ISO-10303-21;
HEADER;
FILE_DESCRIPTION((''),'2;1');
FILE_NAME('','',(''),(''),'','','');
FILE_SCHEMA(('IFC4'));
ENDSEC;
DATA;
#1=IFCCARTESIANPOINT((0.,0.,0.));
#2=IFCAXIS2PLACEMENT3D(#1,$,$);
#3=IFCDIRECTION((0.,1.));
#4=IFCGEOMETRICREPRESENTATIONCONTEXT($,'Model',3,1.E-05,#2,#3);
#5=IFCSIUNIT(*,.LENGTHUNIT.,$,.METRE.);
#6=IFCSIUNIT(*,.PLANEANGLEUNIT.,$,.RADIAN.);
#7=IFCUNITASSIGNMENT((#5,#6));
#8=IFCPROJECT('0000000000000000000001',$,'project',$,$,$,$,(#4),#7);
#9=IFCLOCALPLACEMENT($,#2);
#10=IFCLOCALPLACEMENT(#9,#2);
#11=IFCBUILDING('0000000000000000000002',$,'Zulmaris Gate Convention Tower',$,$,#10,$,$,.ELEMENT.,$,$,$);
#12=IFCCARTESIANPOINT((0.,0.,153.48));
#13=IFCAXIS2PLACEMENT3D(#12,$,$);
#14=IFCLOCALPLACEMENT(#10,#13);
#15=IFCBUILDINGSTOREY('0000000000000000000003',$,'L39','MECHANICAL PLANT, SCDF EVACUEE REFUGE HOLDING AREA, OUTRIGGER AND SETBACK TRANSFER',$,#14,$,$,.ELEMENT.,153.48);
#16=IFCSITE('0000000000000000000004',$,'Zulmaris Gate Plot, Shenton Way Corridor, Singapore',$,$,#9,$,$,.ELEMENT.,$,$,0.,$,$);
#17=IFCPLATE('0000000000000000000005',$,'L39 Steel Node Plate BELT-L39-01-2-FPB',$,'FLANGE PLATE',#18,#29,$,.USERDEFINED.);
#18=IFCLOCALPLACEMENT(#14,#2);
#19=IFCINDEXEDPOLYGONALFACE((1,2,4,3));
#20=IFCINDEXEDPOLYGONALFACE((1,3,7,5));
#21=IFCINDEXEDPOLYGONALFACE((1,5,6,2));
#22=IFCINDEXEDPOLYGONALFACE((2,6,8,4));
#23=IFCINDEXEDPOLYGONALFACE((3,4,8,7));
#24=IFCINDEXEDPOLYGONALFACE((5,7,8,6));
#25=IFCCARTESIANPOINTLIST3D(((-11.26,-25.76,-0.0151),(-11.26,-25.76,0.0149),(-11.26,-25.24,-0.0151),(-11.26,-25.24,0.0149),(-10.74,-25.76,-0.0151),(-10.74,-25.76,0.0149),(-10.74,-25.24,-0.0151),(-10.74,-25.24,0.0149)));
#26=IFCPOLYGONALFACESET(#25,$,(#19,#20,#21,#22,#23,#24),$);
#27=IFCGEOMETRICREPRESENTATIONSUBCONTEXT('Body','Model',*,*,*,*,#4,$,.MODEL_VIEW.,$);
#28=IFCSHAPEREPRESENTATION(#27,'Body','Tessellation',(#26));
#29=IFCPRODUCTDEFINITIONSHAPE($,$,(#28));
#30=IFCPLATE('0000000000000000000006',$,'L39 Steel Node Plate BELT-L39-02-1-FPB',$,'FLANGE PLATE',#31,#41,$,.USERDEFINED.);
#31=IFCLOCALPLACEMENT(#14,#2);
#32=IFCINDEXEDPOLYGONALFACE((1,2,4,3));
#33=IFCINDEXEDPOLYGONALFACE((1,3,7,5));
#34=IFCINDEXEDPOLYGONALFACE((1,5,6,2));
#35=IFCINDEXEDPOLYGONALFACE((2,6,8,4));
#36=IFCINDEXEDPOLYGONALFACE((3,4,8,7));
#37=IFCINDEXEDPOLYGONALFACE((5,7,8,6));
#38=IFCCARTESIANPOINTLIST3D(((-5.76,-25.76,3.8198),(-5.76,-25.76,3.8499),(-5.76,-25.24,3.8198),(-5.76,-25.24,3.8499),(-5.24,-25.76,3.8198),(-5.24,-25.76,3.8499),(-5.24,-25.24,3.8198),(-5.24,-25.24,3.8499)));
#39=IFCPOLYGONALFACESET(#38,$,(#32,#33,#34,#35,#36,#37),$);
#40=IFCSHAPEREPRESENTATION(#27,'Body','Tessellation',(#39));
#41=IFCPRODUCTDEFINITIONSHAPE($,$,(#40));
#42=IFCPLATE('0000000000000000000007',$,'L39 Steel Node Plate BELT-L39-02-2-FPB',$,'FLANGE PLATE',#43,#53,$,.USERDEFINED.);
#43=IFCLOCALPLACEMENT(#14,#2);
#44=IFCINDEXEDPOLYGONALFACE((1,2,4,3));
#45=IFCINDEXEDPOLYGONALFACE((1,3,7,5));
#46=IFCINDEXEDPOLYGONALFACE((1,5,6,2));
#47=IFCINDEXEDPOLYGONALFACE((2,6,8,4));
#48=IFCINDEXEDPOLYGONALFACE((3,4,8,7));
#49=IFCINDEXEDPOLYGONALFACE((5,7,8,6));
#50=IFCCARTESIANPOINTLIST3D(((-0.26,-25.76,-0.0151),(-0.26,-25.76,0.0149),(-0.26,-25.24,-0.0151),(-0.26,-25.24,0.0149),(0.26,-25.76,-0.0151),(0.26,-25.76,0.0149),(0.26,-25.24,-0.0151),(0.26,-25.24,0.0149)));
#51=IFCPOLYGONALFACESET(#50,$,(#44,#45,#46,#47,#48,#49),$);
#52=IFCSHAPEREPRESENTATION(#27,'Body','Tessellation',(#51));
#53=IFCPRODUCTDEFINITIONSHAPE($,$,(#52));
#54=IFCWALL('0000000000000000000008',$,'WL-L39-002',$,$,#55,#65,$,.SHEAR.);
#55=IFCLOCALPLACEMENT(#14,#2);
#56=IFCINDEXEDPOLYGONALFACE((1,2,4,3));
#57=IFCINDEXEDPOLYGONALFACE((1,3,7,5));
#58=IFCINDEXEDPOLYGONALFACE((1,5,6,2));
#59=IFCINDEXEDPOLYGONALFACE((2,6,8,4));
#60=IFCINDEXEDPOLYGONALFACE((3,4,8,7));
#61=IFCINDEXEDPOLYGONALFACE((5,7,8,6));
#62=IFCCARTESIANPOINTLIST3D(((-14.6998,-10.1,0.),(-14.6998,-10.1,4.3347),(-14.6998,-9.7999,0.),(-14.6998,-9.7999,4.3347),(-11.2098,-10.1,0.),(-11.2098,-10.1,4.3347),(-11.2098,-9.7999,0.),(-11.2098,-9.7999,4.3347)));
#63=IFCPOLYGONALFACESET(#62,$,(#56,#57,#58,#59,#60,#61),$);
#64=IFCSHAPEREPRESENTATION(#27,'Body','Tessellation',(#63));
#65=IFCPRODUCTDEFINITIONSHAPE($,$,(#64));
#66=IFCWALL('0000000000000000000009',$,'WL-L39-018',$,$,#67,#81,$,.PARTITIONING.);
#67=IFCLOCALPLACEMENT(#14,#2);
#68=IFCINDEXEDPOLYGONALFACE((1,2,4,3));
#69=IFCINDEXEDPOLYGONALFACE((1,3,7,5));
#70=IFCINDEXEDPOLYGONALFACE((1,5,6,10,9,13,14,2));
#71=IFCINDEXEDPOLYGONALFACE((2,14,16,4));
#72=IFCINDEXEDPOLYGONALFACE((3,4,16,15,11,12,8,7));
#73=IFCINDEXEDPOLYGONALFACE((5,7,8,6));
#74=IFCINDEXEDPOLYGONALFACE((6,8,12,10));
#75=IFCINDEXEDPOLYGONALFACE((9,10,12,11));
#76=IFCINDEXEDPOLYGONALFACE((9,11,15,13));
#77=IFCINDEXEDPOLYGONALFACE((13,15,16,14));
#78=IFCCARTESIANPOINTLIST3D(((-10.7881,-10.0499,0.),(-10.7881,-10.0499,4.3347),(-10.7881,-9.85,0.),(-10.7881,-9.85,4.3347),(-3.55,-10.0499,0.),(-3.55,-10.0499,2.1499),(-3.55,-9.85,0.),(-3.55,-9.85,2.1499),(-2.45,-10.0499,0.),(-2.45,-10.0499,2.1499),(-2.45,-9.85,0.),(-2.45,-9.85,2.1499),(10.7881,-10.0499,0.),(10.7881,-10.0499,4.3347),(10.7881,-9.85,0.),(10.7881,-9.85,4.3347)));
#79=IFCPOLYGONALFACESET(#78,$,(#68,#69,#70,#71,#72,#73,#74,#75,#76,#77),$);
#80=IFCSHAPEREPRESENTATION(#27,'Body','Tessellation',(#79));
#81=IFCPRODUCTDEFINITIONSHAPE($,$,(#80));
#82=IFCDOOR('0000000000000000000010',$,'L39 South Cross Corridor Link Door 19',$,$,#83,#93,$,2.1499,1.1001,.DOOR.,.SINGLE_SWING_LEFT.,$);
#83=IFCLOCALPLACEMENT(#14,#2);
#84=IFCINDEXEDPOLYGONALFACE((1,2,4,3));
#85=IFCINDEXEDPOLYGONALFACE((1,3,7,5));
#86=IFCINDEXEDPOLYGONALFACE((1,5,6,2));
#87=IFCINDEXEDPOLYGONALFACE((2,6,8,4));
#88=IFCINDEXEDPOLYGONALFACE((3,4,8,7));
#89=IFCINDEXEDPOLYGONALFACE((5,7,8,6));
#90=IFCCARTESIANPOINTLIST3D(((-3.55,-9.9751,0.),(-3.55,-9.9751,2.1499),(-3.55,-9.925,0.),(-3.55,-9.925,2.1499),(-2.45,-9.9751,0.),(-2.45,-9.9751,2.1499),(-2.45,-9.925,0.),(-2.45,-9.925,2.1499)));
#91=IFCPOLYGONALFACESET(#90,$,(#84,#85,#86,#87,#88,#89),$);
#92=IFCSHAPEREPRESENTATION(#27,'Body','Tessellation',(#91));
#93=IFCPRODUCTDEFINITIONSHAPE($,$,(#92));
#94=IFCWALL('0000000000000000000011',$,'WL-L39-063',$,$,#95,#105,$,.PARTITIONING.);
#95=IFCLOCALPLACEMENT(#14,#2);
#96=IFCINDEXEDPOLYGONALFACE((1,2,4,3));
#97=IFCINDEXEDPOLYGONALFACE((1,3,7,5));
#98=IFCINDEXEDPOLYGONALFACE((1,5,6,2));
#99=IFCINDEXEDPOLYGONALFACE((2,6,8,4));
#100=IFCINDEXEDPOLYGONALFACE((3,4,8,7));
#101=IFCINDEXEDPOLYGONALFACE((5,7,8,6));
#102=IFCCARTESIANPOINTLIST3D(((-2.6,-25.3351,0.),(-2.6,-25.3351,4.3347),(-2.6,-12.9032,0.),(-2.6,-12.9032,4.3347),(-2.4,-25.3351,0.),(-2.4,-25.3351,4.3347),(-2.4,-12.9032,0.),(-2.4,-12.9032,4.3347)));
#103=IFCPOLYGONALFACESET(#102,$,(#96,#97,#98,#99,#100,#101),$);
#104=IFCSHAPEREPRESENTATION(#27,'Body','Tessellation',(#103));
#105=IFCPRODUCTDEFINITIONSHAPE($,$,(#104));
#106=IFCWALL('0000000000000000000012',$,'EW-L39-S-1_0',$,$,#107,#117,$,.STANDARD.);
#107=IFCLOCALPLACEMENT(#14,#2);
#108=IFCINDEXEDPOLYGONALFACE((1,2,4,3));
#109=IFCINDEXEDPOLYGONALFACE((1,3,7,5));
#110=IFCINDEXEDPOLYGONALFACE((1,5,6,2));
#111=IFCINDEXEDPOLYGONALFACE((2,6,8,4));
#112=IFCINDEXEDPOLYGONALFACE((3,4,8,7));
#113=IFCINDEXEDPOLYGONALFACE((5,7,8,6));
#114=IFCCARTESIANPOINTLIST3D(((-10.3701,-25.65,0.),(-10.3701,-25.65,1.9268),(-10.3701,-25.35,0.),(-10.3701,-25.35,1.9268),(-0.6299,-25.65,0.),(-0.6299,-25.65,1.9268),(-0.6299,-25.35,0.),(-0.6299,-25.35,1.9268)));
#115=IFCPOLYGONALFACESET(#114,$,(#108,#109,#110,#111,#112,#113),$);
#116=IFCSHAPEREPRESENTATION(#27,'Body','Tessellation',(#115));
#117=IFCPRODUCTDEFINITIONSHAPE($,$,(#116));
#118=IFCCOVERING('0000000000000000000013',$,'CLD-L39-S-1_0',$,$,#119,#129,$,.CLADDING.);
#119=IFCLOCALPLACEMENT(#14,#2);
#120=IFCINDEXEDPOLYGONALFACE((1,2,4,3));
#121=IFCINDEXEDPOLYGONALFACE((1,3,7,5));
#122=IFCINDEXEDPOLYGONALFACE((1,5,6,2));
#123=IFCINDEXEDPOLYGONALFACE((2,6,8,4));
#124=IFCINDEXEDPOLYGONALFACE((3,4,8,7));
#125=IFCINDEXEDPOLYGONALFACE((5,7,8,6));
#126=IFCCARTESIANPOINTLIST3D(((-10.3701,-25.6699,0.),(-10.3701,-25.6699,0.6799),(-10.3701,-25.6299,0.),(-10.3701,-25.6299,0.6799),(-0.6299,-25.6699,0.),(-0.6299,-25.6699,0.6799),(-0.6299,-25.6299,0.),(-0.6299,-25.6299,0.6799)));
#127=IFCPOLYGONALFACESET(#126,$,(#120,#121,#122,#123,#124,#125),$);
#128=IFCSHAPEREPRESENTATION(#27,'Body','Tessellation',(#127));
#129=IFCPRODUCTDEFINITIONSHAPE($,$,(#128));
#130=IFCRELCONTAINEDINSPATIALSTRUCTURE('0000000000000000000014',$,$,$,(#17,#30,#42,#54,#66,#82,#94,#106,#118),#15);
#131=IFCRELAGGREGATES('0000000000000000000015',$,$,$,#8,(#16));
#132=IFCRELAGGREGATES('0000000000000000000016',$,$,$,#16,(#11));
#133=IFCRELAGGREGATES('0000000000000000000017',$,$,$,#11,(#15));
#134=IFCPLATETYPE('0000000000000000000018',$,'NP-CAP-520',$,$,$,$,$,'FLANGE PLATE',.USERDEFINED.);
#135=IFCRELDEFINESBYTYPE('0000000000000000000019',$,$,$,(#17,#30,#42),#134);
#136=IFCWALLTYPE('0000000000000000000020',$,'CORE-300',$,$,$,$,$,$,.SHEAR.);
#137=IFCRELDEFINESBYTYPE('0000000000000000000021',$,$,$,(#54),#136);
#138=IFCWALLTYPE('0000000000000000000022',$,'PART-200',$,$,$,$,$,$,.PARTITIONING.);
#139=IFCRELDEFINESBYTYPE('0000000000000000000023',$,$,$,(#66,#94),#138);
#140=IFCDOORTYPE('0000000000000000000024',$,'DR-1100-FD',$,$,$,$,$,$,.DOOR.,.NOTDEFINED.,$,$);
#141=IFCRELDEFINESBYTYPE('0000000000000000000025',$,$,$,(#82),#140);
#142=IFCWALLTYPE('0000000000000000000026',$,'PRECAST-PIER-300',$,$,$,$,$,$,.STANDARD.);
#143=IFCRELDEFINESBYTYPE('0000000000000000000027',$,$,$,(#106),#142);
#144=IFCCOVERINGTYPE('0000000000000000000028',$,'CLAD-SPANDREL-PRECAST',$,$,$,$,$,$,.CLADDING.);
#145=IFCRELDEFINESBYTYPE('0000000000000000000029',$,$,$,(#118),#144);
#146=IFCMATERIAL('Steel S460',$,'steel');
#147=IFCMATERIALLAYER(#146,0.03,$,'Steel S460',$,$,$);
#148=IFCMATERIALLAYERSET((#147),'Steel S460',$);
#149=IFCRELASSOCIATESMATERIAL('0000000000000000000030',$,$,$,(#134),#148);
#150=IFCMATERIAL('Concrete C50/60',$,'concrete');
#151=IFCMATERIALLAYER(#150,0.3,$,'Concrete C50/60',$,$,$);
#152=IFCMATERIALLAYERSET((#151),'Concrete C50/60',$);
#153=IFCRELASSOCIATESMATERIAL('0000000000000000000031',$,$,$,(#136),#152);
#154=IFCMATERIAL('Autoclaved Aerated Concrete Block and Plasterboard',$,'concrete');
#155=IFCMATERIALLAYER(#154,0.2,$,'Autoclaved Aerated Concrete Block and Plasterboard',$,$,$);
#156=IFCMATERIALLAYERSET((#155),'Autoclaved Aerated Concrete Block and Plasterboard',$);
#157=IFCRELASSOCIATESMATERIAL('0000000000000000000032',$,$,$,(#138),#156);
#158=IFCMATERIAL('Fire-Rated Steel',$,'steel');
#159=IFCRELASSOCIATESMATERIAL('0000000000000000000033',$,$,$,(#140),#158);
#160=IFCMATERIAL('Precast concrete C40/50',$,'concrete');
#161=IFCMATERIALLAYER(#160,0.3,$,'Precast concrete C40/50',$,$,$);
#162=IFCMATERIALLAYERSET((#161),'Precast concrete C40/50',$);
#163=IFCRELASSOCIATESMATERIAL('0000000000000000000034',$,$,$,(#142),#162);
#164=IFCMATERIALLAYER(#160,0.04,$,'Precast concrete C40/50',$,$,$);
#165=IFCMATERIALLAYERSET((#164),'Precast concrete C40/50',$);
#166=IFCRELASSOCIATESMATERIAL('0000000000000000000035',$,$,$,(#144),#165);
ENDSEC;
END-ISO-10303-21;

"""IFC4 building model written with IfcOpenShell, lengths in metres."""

from ifc_helpers import new_model, si_unit, direction, frame, frame_2d, origin, origin_2d, place, context, subcontext, project, spatial, rectangle, extrude, material, layer, layer_set, type_object, element, fill, save


model = new_model("IFC4")

# Units and contexts
model_context = context("Model", 3, precision=1e-05, world=origin(), true_north=direction((0.0, 1.0)))
body_context = subcontext(model_context, "Body", "Model", "MODEL_VIEW")
ifc_project = project(units=[si_unit("LENGTHUNIT", "METRE"), si_unit("PLANEANGLEUNIT", "RADIAN")], contexts=[model_context])

# Site, building, storey
site_placement = place(None, origin())
site = spatial("IfcSite", under=ifc_project, at=site_placement, Name="Zulmaris Gate Plot, Shenton Way Corridor, Singapore", CompositionType="ELEMENT", RefElevation=0.0)
building_placement = place(site_placement, origin())
building = spatial("IfcBuilding", under=site, at=building_placement, Name="Zulmaris Gate Convention Tower", CompositionType="ELEMENT")
storey_placement = place(building_placement, frame((0.0, 0.0, 153.48)))
storey = spatial("IfcBuildingStorey", under=building, at=storey_placement, Name="L39", Description="MECHANICAL PLANT, SCDF EVACUEE REFUGE HOLDING AREA, OUTRIGGER AND SETBACK TRANSFER", CompositionType="ELEMENT", Elevation=153.48)

# Shared definitions
ifc_material_1 = material(Name="Steel S460", Category="steel")

# Plates
ifc_layer_1 = layer(ifc_material_1, 0.03, Name="Steel S460")
ifc_layer_set_1 = layer_set([ifc_layer_1], Name="Steel S460")
plate_type = type_object("IfcPlateType", Name="NP-CAP-520", ElementType="FLANGE PLATE", PredefinedType="USERDEFINED", material=ifc_layer_set_1)
for number, where, z_axis, x_axis, name in (
    (1, (-11.0, -25.5, -0.0151), (0.0, 0.0, 1.0), (1.0, 0.0, 0.0), "L39 Steel Node Plate BELT-L39-01-2-FPB"),
    (2, (-5.5, -25.5, 3.8198), (0.0, 0.0, 1.0), (1.0, 0.0, 0.0), "L39 Steel Node Plate BELT-L39-02-1-FPB"),
    (3, (0.0, -25.5, -0.0151), (0.0, 0.0, 1.0), (1.0, 0.0, 0.0), "L39 Steel Node Plate BELT-L39-02-2-FPB"),
):
    element("IfcPlate", number, at=place(storey_placement, frame(where, z_axis=z_axis, x_axis=x_axis)), inside=storey, type_object=plate_type, Name=name, ObjectType="FLANGE PLATE", PredefinedType="USERDEFINED", context=body_context, shape_type="SweptSolid", body=[
        extrude(rectangle(XDim=0.52, YDim=0.52, at=origin_2d()), origin(), (0.0, 0.0, 1.0), 0.03),
    ])

# Wall
ifc_material_2 = material(Name="Concrete C50/60", Category="concrete")
ifc_layer_2 = layer(ifc_material_2, 0.3, Name="Concrete C50/60")
ifc_layer_set_2 = layer_set([ifc_layer_2], Name="Concrete C50/60")
wall_type_1 = type_object("IfcWallType", Name="CORE-300", PredefinedType="SHEAR", material=ifc_layer_set_2)
wall_1_placement = place(storey_placement, frame((-14.7, -9.95, 0.0), z_axis=(0.0, 0.0, 1.0), x_axis=(1.0, 0.0, 0.0)))
element("IfcWall", 4, at=wall_1_placement, inside=storey, type_object=wall_type_1, Name="WL-L39-002", PredefinedType="SHEAR", context=body_context, shape_type="SweptSolid", body=[
    extrude(rectangle(XDim=3.49, YDim=0.3, at=frame_2d((1.7451, 0.0))), origin(), (0.0, 0.0, 1.0), 4.3347),
])

# Wall, opening, door
ifc_material_3 = material(Name="Autoclaved Aerated Concrete Block and Plasterboard", Category="concrete")
ifc_layer_3 = layer(ifc_material_3, 0.2, Name="Autoclaved Aerated Concrete Block and Plasterboard")
ifc_layer_set_3 = layer_set([ifc_layer_3], Name="Autoclaved Aerated Concrete Block and Plasterboard")
wall_type_2 = type_object("IfcWallType", Name="PART-200", PredefinedType="PARTITIONING", material=ifc_layer_set_3)
wall_2_placement = place(storey_placement, frame((-10.7881, -9.95, 0.0), z_axis=(0.0, 0.0, 1.0), x_axis=(1.0, 0.0, 0.0)))
wall_2 = element("IfcWall", 5, at=wall_2_placement, inside=storey, type_object=wall_type_2, Name="WL-L39-018", PredefinedType="PARTITIONING", context=body_context, shape_type="SweptSolid", body=[
    extrude(rectangle(XDim=21.5762, YDim=0.2, at=frame_2d((10.7881, 0.0))), origin(), (0.0, 0.0, 1.0), 4.3347),
])
opening_placement = place(wall_2_placement, frame((7.238, 0.0, 0.0)))
opening = element("IfcOpeningElement", 6, at=opening_placement, cuts=wall_2, PredefinedType="OPENING", context=body_context, shape_type="SweptSolid", body=[
    extrude(rectangle(XDim=1.1001, YDim=2.1499, at=frame_2d((0.55, 1.075))), frame((0.0, 0.1099, 0.0), z_axis=(0.0, -1.0, 0.0), x_axis=(1.0, 0.0, 0.0)), (0.0, 0.0, 1.0), 0.22),
])
ifc_material_4 = material(Name="Fire-Rated Steel", Category="steel")
door_type = type_object("IfcDoorType", Name="DR-1100-FD", OperationType="NOTDEFINED", PredefinedType="DOOR", material=ifc_material_4)
door_placement = place(opening_placement, origin())
door = element("IfcDoor", 7, at=door_placement, inside=storey, type_object=door_type, Name="L39 South Cross Corridor Link Door 19", OperationType="SINGLE_SWING_LEFT", OverallHeight=2.1499, OverallWidth=1.1001, PredefinedType="DOOR", context=body_context, shape_type="SweptSolid", body=[
    extrude(rectangle(XDim=1.1001, YDim=2.1499, at=frame_2d((0.55, 1.075))), frame((0.0, 0.0249, 0.0), z_axis=(0.0, -1.0, 0.0), x_axis=(1.0, 0.0, 0.0)), (0.0, 0.0, 1.0), 0.05),
])
fill(opening, door)

# Walls
wall_3_placement = place(storey_placement, frame((-2.5, -25.335, 0.0), z_axis=(0.0, 0.0, 1.0), x_axis=(0.0, 1.0, 0.0)))
element("IfcWall", 8, at=wall_3_placement, inside=storey, type_object=wall_type_2, Name="WL-L39-063", PredefinedType="PARTITIONING", context=body_context, shape_type="SweptSolid", body=[
    extrude(rectangle(XDim=12.4319, YDim=0.2, at=frame_2d((6.2158, 0.0))), origin(), (0.0, 0.0, 1.0), 4.3347),
])
ifc_material_5 = material(Name="Precast concrete C40/50", Category="concrete")
ifc_layer_4 = layer(ifc_material_5, 0.3, Name="Precast concrete C40/50")
ifc_layer_set_4 = layer_set([ifc_layer_4], Name="Precast concrete C40/50")
wall_type_3 = type_object("IfcWallType", Name="PRECAST-PIER-300", PredefinedType="STANDARD", material=ifc_layer_set_4)
wall_4_placement = place(storey_placement, frame((-10.3701, -25.5, 0.0), z_axis=(0.0, 0.0, 1.0), x_axis=(1.0, 0.0, 0.0)))
element("IfcWall", 9, at=wall_4_placement, inside=storey, type_object=wall_type_3, Name="EW-L39-S-1_0", PredefinedType="STANDARD", context=body_context, shape_type="SweptSolid", body=[
    extrude(rectangle(XDim=9.7402, YDim=0.3, at=frame_2d((4.8701, 0.0))), origin(), (0.0, 0.0, 1.0), 1.9268),
])

# Covering
ifc_layer_5 = layer(ifc_material_5, 0.04, Name="Precast concrete C40/50")
ifc_layer_set_5 = layer_set([ifc_layer_5], Name="Precast concrete C40/50")
covering_type = type_object("IfcCoveringType", Name="CLAD-SPANDREL-PRECAST", PredefinedType="CLADDING", material=ifc_layer_set_5)
covering_placement = place(storey_placement, frame((-10.3701, -25.6499, 0.0), z_axis=(0.0, 0.0, 1.0), x_axis=(1.0, 0.0, 0.0)))
element("IfcCovering", 10, at=covering_placement, inside=storey, type_object=covering_type, Name="CLD-L39-S-1_0", PredefinedType="CLADDING", context=body_context, shape_type="SweptSolid", body=[
    extrude(rectangle(XDim=9.7402, YDim=0.04, at=frame_2d((4.8701, 0.0))), origin(), (0.0, 0.0, 1.0), 0.6799),
])

save(model, "model.ifc")
